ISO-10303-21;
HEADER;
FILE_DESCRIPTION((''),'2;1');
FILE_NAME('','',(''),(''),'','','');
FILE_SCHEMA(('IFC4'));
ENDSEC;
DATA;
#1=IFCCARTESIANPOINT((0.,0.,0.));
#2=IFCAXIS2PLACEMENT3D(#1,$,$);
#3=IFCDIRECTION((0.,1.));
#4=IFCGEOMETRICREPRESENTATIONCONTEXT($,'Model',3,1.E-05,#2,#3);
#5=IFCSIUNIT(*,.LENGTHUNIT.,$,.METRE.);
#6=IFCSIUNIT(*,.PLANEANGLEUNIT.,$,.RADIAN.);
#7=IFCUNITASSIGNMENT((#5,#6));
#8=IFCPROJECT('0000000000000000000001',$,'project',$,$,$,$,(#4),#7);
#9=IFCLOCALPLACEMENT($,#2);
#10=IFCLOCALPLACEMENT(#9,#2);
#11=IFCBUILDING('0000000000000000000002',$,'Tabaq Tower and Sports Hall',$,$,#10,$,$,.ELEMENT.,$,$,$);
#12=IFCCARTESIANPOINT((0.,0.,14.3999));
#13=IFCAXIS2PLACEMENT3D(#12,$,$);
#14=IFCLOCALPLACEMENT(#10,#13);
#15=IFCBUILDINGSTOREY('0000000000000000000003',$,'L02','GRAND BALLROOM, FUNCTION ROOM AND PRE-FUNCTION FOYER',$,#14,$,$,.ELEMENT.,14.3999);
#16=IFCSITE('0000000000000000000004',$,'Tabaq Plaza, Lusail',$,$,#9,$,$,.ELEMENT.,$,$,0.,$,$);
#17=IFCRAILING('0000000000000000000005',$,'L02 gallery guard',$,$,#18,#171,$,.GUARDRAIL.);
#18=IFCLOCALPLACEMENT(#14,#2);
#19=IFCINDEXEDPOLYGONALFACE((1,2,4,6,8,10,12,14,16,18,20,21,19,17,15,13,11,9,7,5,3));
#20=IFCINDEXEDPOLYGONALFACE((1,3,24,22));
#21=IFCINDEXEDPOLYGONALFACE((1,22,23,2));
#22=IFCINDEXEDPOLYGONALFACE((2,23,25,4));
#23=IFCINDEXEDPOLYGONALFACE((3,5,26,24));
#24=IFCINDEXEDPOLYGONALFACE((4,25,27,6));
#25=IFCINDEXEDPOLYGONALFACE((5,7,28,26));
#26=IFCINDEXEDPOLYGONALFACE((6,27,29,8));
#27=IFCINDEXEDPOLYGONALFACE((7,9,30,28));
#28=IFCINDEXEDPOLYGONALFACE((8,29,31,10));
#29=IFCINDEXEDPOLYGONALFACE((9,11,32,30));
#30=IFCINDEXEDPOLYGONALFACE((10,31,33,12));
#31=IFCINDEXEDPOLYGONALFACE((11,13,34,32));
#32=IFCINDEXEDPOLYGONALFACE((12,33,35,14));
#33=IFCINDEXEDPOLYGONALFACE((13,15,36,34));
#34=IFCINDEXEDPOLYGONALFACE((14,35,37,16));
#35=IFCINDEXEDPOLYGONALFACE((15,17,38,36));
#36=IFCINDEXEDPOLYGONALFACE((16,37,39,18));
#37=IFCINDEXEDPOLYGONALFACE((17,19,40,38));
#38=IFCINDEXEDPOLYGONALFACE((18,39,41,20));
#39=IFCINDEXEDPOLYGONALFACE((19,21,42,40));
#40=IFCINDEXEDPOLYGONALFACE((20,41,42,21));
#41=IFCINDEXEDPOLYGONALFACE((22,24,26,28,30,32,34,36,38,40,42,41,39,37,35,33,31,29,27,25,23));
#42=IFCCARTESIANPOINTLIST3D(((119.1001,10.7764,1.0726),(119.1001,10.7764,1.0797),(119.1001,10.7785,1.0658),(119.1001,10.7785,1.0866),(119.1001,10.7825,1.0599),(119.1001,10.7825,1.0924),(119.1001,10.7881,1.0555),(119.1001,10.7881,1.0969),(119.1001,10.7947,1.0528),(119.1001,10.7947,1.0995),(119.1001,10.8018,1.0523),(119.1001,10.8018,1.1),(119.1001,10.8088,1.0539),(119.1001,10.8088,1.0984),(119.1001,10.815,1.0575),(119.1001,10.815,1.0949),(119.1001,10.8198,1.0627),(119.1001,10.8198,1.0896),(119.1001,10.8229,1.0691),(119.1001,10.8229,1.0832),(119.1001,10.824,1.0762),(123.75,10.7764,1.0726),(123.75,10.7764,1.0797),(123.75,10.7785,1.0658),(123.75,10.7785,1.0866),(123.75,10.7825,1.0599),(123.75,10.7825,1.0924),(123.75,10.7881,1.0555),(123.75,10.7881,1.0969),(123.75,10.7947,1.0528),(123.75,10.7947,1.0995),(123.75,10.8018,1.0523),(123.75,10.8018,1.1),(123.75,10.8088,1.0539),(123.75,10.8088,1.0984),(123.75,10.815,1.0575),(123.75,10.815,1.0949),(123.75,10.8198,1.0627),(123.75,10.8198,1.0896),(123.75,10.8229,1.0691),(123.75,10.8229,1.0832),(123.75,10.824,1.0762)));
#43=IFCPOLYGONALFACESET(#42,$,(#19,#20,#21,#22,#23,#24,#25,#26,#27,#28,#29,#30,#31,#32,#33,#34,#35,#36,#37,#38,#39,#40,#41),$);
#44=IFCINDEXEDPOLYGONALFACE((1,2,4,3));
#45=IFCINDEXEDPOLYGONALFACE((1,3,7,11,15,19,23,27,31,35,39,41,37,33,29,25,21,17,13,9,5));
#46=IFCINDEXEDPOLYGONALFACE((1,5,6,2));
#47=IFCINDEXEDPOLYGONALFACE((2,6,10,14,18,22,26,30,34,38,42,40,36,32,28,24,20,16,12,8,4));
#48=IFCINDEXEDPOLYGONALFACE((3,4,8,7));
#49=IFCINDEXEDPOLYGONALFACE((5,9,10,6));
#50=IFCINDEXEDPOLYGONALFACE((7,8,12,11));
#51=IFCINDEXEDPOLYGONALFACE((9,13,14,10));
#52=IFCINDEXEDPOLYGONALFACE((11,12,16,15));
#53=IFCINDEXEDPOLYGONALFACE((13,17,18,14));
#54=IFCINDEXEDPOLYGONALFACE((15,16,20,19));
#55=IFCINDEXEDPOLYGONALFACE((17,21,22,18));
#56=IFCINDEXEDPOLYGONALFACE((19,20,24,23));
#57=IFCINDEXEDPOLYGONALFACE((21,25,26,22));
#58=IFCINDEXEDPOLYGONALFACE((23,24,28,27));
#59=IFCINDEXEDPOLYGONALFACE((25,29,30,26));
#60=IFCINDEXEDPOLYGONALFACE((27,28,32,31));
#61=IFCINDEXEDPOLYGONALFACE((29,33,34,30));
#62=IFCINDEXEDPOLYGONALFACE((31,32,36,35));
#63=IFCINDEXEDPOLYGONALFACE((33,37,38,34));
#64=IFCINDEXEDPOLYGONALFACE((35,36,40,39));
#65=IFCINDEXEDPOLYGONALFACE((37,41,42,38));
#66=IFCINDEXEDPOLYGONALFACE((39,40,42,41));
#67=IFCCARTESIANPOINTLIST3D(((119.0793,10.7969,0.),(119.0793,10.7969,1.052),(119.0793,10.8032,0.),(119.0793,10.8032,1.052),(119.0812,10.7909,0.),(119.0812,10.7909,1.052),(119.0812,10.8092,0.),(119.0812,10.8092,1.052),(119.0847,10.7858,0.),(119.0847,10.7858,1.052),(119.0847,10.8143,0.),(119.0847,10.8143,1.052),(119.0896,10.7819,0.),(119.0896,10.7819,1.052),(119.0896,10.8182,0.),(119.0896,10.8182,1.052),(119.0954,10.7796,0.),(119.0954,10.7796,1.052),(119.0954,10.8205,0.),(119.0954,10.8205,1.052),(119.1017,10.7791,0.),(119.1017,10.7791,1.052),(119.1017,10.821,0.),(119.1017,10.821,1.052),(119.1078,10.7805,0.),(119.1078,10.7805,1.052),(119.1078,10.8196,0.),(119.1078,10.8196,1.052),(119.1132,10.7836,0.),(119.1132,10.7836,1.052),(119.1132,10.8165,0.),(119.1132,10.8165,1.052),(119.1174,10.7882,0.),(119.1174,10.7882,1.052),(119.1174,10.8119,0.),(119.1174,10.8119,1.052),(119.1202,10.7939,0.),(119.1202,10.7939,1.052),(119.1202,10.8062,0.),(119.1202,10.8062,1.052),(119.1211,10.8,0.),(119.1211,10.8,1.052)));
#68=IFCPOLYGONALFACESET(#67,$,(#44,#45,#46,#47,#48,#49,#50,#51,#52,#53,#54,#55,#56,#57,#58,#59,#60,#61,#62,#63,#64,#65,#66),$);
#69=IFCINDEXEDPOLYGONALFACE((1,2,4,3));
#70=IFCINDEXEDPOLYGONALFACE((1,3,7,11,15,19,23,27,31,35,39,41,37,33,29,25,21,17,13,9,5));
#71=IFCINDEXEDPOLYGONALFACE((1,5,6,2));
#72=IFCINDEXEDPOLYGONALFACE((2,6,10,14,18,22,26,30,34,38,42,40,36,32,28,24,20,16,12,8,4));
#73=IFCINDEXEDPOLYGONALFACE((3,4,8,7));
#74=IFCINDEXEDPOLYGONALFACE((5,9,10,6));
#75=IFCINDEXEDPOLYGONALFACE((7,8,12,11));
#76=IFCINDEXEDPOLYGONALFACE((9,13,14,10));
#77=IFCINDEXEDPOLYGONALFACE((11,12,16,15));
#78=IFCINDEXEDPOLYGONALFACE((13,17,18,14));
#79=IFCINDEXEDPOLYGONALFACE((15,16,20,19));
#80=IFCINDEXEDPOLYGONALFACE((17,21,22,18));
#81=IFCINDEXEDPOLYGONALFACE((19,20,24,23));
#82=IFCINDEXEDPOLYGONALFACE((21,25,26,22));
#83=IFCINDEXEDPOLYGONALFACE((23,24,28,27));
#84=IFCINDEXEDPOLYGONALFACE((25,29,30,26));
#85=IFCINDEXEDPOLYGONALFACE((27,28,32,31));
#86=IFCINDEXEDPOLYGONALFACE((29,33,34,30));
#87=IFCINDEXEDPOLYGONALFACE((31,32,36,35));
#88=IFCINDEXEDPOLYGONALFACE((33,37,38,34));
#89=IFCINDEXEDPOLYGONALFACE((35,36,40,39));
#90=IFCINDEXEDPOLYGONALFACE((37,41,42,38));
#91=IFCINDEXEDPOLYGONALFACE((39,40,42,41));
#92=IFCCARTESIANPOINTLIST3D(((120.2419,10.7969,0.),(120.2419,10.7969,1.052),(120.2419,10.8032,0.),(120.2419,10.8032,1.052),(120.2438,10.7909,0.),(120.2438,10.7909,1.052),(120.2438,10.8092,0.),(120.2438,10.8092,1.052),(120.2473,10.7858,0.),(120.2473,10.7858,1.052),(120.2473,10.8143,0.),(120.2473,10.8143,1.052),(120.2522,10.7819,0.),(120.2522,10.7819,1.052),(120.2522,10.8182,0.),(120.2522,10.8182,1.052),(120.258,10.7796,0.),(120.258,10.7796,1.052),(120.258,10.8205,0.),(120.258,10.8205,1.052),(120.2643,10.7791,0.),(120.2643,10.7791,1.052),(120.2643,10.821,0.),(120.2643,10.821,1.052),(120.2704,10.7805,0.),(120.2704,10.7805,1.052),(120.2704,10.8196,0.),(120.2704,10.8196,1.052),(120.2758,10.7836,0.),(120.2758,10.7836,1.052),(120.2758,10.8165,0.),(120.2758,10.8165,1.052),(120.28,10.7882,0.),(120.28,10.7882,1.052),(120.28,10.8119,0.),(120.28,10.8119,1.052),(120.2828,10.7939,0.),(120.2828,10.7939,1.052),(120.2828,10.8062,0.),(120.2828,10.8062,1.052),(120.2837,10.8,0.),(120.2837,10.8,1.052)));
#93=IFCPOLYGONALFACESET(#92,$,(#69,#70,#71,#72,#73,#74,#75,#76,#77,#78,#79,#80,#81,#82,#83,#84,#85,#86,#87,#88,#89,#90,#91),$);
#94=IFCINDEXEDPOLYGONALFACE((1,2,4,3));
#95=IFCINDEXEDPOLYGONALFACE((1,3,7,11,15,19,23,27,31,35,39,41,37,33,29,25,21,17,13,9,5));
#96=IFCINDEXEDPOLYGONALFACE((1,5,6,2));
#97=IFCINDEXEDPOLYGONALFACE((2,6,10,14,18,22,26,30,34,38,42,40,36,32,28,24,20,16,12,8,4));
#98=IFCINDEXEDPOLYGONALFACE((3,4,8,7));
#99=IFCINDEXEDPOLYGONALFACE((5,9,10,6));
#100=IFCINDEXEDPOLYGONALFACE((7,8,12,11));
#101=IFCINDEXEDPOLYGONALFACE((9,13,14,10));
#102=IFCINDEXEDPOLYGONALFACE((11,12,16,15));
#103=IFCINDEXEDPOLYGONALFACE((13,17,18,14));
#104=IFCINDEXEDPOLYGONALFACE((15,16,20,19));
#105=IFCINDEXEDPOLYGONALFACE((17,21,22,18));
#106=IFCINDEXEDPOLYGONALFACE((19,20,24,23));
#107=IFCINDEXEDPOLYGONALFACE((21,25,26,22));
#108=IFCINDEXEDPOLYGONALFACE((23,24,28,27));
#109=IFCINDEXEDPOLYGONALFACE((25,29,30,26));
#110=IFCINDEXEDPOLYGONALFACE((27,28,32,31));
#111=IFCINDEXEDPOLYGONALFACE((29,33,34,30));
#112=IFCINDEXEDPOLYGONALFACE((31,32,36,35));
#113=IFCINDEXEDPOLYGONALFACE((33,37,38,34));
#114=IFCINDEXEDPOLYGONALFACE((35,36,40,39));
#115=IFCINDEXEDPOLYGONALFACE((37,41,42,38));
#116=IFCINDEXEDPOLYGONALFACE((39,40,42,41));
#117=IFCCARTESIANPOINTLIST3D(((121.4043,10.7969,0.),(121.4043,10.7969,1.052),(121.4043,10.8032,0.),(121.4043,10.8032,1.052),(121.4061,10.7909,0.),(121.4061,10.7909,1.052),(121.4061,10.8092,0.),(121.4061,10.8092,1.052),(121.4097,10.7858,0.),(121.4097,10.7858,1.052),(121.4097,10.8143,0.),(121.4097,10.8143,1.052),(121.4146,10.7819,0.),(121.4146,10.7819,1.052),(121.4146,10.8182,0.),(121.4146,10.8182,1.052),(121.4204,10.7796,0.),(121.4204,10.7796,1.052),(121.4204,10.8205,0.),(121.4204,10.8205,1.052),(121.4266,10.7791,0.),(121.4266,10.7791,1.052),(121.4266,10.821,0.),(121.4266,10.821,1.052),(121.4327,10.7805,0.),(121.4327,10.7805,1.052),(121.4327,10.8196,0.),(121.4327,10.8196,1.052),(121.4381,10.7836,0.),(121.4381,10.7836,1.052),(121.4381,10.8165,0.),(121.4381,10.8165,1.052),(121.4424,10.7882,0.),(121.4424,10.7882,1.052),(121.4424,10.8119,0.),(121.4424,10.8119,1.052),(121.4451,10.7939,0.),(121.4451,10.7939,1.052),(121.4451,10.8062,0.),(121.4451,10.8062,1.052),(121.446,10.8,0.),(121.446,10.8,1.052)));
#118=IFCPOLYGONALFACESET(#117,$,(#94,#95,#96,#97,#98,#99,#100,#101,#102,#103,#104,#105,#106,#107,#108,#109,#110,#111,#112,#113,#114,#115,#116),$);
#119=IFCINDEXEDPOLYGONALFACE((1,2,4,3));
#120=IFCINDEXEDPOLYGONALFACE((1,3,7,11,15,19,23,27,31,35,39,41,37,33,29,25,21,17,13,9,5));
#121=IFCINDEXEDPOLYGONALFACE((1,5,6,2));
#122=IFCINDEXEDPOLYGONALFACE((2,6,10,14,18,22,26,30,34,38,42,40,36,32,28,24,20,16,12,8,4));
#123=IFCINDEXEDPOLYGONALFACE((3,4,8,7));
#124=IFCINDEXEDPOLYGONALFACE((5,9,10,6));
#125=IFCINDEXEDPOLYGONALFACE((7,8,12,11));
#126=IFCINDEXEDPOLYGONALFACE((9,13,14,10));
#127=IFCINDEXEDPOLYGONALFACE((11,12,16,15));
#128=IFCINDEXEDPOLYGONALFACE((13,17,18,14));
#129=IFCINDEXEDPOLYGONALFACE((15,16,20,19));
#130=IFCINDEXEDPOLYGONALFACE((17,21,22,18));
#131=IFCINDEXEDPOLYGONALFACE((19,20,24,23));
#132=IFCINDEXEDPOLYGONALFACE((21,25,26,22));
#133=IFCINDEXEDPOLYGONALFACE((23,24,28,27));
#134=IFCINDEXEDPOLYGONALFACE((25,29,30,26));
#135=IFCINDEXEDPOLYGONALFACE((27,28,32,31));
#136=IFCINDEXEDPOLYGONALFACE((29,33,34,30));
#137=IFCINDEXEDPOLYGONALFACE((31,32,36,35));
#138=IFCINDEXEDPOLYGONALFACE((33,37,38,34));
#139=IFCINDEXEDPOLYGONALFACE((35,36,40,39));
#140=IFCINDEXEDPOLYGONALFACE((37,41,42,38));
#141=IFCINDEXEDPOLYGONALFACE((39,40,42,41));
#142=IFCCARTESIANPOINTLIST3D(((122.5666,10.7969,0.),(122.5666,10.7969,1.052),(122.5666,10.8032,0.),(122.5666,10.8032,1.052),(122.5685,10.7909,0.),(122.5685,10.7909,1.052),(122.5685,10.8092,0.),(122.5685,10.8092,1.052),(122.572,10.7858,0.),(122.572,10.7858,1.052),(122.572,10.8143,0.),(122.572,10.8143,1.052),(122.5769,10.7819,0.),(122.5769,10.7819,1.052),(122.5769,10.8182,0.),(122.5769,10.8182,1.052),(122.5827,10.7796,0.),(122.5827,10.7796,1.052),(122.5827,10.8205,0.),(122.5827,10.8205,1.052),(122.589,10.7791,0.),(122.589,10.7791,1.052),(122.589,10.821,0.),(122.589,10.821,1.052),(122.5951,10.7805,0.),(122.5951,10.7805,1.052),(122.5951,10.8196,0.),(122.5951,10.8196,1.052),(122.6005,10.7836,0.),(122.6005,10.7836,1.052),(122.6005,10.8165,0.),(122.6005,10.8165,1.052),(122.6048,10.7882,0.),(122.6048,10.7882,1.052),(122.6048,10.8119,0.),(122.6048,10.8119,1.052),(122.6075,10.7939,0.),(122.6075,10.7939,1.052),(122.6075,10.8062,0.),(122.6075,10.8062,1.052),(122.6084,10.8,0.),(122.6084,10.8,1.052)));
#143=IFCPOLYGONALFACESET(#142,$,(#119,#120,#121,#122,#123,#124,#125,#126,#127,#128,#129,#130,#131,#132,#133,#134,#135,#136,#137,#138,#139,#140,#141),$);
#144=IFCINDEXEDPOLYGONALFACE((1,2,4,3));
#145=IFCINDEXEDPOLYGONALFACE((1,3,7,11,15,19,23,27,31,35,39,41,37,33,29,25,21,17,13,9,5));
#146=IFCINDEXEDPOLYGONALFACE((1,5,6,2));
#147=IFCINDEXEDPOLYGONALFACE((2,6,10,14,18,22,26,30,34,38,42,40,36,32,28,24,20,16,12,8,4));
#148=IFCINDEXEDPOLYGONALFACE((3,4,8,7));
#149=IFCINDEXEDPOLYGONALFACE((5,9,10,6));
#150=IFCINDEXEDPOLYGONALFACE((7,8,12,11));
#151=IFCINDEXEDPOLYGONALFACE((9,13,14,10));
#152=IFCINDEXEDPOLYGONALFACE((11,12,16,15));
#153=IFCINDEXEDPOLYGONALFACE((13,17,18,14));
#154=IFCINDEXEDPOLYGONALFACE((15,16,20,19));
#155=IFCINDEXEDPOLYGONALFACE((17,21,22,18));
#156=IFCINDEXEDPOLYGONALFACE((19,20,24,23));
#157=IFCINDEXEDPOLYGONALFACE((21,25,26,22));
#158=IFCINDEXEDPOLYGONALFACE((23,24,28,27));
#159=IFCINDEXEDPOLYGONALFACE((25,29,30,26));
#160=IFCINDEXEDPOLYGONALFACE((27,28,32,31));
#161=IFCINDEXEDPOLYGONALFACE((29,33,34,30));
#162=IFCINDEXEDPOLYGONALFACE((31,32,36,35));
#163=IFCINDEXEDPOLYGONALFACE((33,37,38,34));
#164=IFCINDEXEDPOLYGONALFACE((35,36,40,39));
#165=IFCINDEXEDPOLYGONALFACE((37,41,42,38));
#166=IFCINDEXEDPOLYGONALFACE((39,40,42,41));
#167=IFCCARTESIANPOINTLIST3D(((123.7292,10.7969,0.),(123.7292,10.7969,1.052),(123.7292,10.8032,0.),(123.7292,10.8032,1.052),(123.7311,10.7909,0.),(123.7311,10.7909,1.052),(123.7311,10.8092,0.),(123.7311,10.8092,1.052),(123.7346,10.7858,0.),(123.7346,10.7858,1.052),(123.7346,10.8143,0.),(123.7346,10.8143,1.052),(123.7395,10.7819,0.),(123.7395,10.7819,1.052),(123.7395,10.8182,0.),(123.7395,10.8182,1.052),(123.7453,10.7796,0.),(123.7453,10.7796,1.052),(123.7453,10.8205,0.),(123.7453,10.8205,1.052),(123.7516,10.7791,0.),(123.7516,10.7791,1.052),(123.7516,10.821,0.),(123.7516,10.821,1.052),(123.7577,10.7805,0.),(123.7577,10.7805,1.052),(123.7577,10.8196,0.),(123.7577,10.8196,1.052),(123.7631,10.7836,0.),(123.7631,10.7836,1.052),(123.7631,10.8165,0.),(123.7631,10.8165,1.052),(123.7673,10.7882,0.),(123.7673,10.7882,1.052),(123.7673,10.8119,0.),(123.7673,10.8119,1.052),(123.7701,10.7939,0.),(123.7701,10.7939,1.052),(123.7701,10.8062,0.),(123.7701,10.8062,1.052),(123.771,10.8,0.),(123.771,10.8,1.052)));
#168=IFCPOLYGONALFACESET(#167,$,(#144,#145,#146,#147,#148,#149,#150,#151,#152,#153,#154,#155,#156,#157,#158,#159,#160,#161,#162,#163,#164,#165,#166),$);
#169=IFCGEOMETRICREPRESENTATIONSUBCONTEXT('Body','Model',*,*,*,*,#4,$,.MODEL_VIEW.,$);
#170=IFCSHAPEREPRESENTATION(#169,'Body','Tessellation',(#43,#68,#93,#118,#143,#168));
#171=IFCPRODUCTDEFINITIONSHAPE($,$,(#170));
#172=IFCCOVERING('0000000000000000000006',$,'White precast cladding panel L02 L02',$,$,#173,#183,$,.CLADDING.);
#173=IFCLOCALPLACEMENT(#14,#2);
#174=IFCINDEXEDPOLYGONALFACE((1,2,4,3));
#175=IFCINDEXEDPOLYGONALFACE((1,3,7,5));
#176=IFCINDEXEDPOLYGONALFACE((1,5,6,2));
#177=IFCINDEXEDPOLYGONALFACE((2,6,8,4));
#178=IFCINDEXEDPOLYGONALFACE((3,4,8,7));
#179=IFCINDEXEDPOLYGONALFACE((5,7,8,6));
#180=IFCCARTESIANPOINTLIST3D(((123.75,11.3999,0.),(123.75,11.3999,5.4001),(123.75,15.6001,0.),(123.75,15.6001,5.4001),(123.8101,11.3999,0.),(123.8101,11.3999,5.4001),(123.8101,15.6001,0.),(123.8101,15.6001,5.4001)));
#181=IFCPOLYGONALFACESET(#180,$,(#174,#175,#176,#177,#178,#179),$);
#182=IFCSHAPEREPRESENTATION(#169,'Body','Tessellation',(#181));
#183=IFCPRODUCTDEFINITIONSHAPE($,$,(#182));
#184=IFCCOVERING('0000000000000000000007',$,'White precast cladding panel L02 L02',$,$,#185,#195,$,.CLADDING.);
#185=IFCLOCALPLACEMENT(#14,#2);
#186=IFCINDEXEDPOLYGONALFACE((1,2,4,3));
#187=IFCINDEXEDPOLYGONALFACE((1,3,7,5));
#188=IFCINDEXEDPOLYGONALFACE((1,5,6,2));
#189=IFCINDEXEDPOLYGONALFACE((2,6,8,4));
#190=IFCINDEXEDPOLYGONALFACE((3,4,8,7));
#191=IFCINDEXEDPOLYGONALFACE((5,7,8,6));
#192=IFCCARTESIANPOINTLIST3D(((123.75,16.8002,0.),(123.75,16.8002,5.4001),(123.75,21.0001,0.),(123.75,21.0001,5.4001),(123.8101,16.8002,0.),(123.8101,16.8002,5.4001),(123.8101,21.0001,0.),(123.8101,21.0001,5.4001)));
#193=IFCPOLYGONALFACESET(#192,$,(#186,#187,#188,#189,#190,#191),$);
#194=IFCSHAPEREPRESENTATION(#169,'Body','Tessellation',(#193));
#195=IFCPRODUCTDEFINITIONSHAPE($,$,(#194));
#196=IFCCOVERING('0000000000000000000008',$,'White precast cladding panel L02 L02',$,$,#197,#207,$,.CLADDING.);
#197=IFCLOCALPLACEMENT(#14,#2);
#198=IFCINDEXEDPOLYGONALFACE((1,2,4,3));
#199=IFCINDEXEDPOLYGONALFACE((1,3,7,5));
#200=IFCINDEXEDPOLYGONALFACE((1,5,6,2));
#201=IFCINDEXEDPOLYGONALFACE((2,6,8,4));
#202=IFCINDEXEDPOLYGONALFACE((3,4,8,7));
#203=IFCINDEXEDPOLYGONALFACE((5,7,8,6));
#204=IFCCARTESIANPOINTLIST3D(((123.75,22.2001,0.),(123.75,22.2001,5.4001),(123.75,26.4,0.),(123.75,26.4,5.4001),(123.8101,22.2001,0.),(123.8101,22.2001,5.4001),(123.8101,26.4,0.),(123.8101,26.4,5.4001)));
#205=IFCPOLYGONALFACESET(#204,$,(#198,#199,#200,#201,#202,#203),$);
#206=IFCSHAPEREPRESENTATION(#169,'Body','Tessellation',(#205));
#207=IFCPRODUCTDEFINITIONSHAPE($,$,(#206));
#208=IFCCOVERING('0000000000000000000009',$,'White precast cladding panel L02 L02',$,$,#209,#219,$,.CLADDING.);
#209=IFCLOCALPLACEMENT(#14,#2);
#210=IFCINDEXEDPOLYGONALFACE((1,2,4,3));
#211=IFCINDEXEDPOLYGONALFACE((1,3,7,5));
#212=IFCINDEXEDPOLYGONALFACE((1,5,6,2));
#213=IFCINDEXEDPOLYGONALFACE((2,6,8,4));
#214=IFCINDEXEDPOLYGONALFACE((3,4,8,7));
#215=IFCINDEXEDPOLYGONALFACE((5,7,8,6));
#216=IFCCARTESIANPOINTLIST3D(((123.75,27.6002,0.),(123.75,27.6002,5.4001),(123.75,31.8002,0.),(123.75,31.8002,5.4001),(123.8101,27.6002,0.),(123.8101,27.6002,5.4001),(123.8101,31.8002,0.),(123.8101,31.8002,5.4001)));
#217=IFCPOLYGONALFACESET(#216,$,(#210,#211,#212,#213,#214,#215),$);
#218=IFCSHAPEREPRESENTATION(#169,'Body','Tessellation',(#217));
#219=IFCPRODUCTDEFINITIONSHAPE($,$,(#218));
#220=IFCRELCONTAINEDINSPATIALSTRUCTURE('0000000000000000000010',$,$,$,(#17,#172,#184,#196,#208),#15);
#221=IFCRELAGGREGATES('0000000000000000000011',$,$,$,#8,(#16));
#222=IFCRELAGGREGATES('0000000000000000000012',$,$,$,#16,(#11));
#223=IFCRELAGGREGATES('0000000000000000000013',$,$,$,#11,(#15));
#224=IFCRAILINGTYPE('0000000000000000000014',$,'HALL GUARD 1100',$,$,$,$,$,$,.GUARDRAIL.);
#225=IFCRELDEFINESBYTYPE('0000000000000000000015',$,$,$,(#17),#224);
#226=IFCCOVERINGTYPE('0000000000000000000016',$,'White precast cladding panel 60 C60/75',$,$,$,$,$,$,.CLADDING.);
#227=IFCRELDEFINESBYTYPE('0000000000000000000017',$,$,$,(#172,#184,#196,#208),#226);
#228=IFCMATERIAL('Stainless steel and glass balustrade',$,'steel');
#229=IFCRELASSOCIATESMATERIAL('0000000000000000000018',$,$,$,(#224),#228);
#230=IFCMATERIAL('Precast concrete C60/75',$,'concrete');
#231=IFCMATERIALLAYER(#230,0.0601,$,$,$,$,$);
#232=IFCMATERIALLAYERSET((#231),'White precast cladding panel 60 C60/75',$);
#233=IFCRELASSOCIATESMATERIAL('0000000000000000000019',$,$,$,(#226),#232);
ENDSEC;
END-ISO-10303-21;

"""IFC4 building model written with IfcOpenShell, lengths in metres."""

from ifc_helpers import new_model, si_unit, direction, frame, frame_2d, origin, origin_2d, place, context, subcontext, project, spatial, rectangle, circle, extrude, material, layer, layer_set, type_object, element, save


model = new_model("IFC4")

# Units and contexts
model_context = context("Model", 3, precision=1e-05, world=origin(), true_north=direction((0.0, 1.0)))
body_context = subcontext(model_context, "Body", "Model", "MODEL_VIEW")
ifc_project = project(units=[si_unit("LENGTHUNIT", "METRE"), si_unit("PLANEANGLEUNIT", "RADIAN")], contexts=[model_context])

# Site, building, storey
site_placement = place(None, origin())
site = spatial("IfcSite", under=ifc_project, at=site_placement, Name="Tabaq Plaza, Lusail", CompositionType="ELEMENT", RefElevation=0.0)
building_placement = place(site_placement, origin())
building = spatial("IfcBuilding", under=site, at=building_placement, Name="Tabaq Tower and Sports Hall", CompositionType="ELEMENT")
storey_placement = place(building_placement, frame((0.0, 0.0, 14.3999)))
storey = spatial("IfcBuildingStorey", under=building, at=storey_placement, Name="L02", Description="GRAND BALLROOM, FUNCTION ROOM AND PRE-FUNCTION FOYER", CompositionType="ELEMENT", Elevation=14.3999)

# Railing
ifc_material_1 = material(Name="Stainless steel and glass balustrade", Category="steel")
railing_type = type_object("IfcRailingType", Name="HALL GUARD 1100", PredefinedType="GUARDRAIL", material=ifc_material_1)
railing_1_placement = place(storey_placement, frame((119.1001, 10.8, 0.0)))
element("IfcRailing", 1, at=railing_1_placement, inside=storey, type_object=railing_type, Name="L02 gallery guard", PredefinedType="GUARDRAIL", context=body_context, shape_type="SweptSolid", body=[
    extrude(circle(Radius=0.0239, at=origin_2d()), frame((0.0, 0.0, 1.0762), z_axis=(1.0, 0.0, 0.0), x_axis=(0.0, 1.0, 0.0)), (0.0, 0.0, 1.0), 4.6499),
    extrude(circle(Radius=0.021, at=origin_2d()), origin(), (0.0, 0.0, 1.0), 1.052),
    extrude(circle(Radius=0.021, at=origin_2d()), frame((1.1626, 0.0, 0.0)), (0.0, 0.0, 1.0), 1.052),
    extrude(circle(Radius=0.021, at=origin_2d()), frame((2.325, 0.0, 0.0)), (0.0, 0.0, 1.0), 1.052),
    extrude(circle(Radius=0.021, at=origin_2d()), frame((3.4873, 0.0, 0.0)), (0.0, 0.0, 1.0), 1.052),
    extrude(circle(Radius=0.021, at=origin_2d()), frame((4.6499, 0.0, 0.0)), (0.0, 0.0, 1.0), 1.052),
])

# Coverings
ifc_material_2 = material(Name="Precast concrete C60/75", Category="concrete")
ifc_layer_1 = layer(ifc_material_2, 0.0601)
ifc_layer_set_1 = layer_set([ifc_layer_1], Name="White precast cladding panel 60 C60/75")
covering_type = type_object("IfcCoveringType", Name="White precast cladding panel 60 C60/75", PredefinedType="CLADDING", material=ifc_layer_set_1)
covering_placement = place(storey_placement, frame((123.78, 11.3999, 0.0), z_axis=(0.0, 0.0, 1.0), x_axis=(0.0, 1.0, 0.0)))
element("IfcCovering", 2, at=covering_placement, inside=storey, type_object=covering_type, Name="White precast cladding panel L02 L02", PredefinedType="CLADDING", context=body_context, shape_type="SweptSolid", body=[
    extrude(rectangle(XDim=4.2002, YDim=0.0601, at=frame_2d((2.1001, 0.0))), origin(), (0.0, 0.0, 1.0), 5.4001),
])
for number, where, z_axis, x_axis, name in (
    (3, (123.78, 16.8, 0.0), (0.0, 0.0, 1.0), (0.0, 1.0, 0.0), "White precast cladding panel L02 L02"),
    (4, (123.78, 22.2, 0.0), (0.0, 0.0, 1.0), (0.0, 1.0, 0.0), "White precast cladding panel L02 L02"),
    (5, (123.78, 27.6001, 0.0), (0.0, 0.0, 1.0), (0.0, 1.0, 0.0), "White precast cladding panel L02 L02"),
):
    element("IfcCovering", number, at=place(storey_placement, frame(where, z_axis=z_axis, x_axis=x_axis)), inside=storey, type_object=covering_type, Name=name, PredefinedType="CLADDING", context=body_context, shape_type="SweptSolid", body=[
        extrude(rectangle(XDim=4.2, YDim=0.0601, at=frame_2d((2.1001, 0.0))), origin(), (0.0, 0.0, 1.0), 5.4001),
    ])

save(model, "model.ifc")
